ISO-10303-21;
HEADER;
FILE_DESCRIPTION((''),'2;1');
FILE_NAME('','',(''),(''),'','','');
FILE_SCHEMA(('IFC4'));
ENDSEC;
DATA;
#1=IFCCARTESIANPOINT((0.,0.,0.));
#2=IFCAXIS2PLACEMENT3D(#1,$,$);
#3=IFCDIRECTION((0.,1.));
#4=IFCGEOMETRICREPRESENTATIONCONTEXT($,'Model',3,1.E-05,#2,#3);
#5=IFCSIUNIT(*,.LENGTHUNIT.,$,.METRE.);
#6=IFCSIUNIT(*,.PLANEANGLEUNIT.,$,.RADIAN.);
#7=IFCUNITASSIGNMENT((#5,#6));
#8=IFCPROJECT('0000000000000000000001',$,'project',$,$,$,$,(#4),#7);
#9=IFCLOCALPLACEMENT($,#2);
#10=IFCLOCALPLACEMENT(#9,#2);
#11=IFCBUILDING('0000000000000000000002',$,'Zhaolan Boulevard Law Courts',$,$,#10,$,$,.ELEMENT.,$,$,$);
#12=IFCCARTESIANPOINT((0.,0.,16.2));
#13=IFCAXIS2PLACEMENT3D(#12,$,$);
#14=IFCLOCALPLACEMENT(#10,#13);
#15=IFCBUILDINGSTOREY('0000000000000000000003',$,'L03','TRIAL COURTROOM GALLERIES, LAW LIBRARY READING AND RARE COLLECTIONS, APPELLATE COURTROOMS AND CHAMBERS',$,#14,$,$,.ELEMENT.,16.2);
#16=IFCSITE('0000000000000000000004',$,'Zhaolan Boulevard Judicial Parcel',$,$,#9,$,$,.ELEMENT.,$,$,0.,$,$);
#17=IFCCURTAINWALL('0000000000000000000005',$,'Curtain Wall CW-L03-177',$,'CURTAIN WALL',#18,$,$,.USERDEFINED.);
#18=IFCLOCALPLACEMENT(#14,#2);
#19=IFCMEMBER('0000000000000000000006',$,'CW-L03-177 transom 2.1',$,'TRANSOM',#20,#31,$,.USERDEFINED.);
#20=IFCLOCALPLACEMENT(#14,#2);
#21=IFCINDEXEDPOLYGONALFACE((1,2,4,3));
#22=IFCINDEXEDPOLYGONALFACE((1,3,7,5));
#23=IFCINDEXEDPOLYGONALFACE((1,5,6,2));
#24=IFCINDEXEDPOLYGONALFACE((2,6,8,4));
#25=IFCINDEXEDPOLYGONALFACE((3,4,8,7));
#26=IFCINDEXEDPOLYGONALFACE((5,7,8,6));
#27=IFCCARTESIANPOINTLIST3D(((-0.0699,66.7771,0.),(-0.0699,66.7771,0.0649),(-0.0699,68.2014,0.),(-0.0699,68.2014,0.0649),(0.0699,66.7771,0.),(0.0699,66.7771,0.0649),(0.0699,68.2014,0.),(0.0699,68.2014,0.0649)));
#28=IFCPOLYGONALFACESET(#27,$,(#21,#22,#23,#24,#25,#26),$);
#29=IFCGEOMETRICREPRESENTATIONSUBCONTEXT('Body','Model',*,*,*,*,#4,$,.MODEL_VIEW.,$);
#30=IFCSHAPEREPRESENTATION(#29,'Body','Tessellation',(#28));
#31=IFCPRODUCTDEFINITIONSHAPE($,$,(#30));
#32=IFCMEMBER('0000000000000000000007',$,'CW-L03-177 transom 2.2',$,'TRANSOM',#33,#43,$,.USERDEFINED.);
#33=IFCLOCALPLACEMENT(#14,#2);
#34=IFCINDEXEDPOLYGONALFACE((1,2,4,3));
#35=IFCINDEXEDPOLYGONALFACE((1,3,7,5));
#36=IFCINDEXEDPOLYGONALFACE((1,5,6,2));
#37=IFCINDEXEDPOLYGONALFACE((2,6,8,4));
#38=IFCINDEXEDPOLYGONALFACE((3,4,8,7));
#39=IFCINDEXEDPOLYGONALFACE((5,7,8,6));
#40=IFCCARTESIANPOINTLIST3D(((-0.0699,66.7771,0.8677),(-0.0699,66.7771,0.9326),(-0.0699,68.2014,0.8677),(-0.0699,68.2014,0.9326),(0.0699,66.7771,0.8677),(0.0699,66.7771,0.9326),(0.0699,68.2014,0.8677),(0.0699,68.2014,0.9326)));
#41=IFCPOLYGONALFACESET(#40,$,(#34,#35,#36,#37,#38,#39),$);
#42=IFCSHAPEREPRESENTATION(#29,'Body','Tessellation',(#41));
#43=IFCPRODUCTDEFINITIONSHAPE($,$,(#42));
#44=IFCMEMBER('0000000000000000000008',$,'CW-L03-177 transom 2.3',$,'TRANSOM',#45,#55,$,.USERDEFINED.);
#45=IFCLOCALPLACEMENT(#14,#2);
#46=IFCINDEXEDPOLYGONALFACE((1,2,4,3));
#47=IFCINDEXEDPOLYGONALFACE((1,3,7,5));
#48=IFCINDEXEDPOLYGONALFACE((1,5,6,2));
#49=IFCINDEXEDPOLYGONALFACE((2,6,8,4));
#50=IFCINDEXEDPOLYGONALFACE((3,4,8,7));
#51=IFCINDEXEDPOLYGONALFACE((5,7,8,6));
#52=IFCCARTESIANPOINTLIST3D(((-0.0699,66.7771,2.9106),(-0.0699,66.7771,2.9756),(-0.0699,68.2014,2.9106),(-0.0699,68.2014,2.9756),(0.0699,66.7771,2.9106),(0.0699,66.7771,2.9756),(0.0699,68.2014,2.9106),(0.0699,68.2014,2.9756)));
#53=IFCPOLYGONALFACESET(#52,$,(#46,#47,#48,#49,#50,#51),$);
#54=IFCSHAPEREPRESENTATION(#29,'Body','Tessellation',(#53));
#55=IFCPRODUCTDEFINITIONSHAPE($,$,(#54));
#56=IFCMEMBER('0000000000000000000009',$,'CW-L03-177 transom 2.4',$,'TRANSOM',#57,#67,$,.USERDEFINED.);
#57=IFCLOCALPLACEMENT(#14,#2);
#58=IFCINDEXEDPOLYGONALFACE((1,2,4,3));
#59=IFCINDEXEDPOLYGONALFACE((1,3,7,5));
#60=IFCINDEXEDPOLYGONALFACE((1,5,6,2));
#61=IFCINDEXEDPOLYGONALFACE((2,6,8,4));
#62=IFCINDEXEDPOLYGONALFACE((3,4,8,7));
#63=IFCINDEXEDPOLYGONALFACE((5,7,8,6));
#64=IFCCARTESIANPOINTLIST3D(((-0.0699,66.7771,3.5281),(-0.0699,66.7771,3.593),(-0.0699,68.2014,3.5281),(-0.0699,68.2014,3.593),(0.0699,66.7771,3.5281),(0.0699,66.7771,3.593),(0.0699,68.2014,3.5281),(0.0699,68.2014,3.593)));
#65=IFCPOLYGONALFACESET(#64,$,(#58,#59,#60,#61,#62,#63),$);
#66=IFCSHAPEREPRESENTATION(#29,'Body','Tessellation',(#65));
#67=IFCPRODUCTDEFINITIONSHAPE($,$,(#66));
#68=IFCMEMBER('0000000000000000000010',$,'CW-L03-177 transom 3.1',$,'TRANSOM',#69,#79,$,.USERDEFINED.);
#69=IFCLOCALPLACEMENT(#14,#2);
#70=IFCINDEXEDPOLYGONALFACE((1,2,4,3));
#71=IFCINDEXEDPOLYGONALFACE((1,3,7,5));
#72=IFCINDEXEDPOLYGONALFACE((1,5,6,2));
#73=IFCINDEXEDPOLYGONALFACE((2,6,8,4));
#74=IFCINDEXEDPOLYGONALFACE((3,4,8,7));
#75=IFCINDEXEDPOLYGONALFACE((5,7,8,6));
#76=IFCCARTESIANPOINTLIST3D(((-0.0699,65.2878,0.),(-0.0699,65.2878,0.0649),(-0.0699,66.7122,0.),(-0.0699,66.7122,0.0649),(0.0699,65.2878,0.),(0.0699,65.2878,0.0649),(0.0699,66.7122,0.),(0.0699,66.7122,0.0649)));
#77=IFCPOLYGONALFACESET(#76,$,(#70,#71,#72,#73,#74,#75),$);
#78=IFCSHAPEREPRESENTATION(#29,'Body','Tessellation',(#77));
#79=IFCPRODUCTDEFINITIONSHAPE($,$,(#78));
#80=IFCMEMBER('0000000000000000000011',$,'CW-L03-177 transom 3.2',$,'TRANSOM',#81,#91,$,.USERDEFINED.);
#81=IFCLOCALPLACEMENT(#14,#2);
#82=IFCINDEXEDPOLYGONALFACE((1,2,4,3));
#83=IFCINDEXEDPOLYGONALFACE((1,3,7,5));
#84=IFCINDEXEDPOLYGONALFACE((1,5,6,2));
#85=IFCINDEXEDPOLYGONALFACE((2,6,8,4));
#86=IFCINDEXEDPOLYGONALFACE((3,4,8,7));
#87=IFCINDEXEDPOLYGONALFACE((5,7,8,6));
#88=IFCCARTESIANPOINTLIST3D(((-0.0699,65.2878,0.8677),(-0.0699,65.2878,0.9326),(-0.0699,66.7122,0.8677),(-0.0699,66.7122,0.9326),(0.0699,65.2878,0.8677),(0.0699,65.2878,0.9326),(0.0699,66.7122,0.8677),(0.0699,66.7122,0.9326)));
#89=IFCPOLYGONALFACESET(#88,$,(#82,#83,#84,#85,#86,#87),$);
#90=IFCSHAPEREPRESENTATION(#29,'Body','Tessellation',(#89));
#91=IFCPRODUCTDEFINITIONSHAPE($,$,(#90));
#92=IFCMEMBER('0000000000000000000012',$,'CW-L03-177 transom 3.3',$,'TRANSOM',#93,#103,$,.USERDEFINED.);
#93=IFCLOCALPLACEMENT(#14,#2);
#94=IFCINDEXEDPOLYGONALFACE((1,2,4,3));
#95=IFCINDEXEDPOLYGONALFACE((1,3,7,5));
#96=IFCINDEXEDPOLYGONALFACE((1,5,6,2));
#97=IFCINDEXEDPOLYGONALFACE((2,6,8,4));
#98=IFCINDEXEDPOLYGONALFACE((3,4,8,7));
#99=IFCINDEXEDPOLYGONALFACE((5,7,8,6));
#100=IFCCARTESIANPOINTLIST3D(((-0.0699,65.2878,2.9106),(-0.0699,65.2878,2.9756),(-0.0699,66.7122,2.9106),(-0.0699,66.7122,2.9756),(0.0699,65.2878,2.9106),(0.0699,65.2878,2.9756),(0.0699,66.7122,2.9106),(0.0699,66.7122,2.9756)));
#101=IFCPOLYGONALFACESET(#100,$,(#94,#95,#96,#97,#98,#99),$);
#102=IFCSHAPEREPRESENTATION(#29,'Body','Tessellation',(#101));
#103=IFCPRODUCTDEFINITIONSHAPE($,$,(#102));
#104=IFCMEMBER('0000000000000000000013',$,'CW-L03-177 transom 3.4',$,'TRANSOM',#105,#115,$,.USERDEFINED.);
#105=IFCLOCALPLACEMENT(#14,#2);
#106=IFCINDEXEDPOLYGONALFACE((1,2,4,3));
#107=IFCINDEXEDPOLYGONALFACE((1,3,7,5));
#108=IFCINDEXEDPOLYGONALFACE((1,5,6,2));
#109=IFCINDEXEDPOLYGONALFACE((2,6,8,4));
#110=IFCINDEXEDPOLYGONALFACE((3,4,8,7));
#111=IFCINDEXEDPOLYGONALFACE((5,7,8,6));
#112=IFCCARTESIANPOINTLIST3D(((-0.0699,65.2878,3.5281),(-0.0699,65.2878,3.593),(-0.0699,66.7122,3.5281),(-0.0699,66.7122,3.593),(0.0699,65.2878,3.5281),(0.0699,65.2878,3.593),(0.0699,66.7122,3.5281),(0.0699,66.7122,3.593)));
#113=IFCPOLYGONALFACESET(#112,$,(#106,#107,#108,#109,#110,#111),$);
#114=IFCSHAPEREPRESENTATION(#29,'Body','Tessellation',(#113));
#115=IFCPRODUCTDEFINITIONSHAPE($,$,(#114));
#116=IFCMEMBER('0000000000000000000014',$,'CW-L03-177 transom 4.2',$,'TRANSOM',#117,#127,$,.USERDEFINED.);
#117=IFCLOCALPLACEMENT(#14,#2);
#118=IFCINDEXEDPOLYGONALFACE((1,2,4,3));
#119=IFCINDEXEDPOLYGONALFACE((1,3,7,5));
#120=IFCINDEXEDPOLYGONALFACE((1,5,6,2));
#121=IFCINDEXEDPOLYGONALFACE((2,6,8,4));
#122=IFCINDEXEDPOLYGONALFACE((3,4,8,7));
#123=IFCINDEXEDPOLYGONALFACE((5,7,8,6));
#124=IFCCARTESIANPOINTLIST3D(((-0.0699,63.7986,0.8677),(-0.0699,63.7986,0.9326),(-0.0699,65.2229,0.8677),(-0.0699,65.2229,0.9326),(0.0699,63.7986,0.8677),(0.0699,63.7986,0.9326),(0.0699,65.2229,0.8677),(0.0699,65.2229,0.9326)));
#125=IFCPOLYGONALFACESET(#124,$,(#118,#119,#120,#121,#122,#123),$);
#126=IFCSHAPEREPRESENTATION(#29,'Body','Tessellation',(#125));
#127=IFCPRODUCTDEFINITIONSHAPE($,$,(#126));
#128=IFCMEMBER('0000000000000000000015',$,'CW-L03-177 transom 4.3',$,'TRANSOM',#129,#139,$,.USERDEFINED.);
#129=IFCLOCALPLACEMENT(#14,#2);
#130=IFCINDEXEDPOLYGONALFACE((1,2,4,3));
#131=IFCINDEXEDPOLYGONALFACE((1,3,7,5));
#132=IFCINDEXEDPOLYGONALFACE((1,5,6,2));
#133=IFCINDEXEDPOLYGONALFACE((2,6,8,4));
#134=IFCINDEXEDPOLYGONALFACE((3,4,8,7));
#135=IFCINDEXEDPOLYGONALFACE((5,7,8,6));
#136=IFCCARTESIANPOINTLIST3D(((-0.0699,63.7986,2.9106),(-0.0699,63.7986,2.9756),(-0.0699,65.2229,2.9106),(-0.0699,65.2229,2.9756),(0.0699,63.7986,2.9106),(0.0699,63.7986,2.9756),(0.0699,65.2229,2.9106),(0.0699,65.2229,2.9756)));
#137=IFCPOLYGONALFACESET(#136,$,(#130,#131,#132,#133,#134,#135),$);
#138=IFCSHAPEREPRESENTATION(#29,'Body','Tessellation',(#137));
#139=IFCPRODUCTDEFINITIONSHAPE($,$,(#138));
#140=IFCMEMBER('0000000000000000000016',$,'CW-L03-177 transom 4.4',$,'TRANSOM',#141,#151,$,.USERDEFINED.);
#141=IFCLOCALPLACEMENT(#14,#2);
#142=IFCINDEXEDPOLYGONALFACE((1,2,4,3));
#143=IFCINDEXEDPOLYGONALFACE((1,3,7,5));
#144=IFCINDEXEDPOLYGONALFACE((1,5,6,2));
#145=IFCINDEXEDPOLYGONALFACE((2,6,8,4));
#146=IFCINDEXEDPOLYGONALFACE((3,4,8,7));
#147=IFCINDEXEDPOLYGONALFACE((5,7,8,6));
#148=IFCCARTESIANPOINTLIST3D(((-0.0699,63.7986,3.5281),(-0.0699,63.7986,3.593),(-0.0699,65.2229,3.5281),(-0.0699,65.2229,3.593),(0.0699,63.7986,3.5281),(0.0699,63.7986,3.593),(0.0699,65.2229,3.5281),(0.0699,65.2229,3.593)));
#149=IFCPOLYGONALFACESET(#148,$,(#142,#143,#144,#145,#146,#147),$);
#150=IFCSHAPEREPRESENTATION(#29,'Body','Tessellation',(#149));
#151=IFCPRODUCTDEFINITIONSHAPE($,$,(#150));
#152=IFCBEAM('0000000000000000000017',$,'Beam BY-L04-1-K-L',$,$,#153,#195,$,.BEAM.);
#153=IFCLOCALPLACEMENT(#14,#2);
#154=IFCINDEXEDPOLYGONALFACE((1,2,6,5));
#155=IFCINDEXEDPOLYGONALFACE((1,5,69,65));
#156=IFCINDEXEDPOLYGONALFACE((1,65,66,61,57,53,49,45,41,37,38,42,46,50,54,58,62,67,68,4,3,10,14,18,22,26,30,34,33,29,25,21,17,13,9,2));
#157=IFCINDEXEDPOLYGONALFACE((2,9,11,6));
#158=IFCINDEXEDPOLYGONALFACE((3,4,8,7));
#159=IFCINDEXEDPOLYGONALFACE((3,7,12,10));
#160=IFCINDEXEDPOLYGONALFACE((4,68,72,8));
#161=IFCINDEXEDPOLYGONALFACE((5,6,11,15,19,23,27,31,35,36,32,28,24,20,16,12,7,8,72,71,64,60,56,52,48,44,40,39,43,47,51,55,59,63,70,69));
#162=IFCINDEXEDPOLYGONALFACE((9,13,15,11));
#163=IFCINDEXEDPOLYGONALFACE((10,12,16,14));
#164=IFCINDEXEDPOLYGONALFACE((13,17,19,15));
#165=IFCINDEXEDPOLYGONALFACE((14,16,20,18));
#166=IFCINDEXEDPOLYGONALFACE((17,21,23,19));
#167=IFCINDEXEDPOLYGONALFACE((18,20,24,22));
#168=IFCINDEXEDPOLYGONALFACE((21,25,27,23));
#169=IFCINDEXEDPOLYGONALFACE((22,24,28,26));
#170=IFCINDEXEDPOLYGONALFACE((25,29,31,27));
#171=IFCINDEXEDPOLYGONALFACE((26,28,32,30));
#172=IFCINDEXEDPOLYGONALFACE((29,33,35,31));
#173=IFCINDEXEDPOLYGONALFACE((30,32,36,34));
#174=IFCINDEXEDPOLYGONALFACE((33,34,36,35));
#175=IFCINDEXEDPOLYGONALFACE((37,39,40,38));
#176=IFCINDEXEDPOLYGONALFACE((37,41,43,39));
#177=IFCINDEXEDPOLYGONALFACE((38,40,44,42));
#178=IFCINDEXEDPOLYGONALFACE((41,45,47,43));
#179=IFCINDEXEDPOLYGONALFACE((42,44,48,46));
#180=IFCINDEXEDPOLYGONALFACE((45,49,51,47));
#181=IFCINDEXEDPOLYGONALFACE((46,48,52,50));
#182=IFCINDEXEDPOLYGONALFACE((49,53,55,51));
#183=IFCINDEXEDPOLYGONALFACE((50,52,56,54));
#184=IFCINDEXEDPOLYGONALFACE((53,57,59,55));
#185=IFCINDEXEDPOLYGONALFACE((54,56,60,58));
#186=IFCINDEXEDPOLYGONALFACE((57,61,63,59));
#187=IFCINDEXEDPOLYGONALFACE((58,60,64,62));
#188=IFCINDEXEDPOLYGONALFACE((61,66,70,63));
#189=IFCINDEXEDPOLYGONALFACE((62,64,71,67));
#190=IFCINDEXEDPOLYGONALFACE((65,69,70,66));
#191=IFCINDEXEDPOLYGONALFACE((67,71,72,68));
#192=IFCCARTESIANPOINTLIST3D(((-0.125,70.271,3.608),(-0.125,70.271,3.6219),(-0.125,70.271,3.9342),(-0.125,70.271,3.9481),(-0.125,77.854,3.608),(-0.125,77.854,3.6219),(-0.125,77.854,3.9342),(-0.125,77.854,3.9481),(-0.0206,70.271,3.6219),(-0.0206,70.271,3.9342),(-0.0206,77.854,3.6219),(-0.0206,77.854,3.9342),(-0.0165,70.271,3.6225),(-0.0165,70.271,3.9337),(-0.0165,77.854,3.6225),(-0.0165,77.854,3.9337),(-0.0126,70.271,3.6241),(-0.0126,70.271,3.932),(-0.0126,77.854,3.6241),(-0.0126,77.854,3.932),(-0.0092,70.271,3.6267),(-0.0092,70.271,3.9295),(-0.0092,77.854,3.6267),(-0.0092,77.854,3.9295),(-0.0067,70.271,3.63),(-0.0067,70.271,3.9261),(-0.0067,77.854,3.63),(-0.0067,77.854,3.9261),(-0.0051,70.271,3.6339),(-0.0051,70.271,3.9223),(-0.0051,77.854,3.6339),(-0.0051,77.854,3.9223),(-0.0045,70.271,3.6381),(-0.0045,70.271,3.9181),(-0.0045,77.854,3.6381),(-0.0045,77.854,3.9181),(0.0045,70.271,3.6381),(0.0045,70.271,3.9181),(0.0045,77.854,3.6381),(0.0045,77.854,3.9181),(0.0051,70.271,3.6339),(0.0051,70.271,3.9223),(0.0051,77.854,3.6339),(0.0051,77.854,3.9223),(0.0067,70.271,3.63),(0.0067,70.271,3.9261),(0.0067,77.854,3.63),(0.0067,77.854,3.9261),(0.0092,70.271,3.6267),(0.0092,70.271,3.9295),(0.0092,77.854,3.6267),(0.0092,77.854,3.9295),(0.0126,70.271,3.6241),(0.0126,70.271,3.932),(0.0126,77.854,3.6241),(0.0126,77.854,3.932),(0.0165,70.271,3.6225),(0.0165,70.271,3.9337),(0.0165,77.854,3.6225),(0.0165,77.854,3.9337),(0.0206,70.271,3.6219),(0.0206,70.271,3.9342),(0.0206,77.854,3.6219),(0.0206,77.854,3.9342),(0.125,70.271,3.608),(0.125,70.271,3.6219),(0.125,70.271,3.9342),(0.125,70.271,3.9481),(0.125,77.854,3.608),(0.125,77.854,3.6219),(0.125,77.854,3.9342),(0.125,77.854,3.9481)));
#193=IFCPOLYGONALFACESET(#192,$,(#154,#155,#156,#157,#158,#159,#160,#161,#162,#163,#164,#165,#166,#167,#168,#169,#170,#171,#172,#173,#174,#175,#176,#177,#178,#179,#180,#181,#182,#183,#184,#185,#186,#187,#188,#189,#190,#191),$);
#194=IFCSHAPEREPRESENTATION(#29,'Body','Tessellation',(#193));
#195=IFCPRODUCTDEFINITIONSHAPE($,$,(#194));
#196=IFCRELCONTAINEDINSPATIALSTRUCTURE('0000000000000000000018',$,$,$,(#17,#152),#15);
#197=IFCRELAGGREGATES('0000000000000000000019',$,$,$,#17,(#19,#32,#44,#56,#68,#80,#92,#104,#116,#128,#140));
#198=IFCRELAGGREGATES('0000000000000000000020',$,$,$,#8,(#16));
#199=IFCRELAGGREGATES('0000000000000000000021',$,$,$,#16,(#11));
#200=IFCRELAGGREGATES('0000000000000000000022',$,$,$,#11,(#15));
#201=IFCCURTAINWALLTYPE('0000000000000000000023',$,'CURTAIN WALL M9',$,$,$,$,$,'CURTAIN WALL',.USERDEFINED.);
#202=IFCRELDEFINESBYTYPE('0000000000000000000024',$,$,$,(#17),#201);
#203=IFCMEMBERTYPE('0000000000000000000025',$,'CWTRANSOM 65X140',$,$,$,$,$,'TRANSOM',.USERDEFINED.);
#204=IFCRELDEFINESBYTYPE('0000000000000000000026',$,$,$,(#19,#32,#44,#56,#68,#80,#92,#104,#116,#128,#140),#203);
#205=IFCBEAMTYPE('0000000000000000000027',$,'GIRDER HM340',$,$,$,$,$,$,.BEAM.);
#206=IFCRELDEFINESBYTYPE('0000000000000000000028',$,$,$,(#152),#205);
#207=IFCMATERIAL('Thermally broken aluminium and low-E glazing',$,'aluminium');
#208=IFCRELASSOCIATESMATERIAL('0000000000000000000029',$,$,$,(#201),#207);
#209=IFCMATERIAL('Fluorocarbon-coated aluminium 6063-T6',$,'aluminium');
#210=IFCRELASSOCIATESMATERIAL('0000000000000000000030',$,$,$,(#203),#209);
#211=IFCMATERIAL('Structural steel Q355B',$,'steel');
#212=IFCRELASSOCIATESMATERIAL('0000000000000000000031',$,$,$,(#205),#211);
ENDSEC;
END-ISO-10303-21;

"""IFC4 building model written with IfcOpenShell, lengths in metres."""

from ifc_helpers import new_model, si_unit, direction, frame, origin, origin_2d, place, context, subcontext, project, spatial, rectangle, i_section, extrude, material, material_profile, profile_set, type_object, element, aggregate, save


model = new_model("IFC4")

# Units and contexts
model_context = context("Model", 3, precision=1e-05, world=origin(), true_north=direction((0.0, 1.0)))
body_context = subcontext(model_context, "Body", "Model", "MODEL_VIEW")
ifc_project = project(units=[si_unit("LENGTHUNIT", "METRE"), si_unit("PLANEANGLEUNIT", "RADIAN")], contexts=[model_context])

# Site, building, storey
site_placement = place(None, origin())
site = spatial("IfcSite", under=ifc_project, at=site_placement, Name="Zhaolan Boulevard Judicial Parcel", CompositionType="ELEMENT", RefElevation=0.0)
building_placement = place(site_placement, origin())
building = spatial("IfcBuilding", under=site, at=building_placement, Name="Zhaolan Boulevard Law Courts", CompositionType="ELEMENT")
storey_placement = place(building_placement, frame((0.0, 0.0, 16.2)))
storey = spatial("IfcBuildingStorey", under=building, at=storey_placement, Name="L03", Description="TRIAL COURTROOM GALLERIES, LAW LIBRARY READING AND RARE COLLECTIONS, APPELLATE COURTROOMS AND CHAMBERS", CompositionType="ELEMENT", Elevation=16.2)

# Curtain wall
ifc_material_1 = material(Name="Thermally broken aluminium and low-E glazing", Category="aluminium")
curtain_wall_type_1 = type_object("IfcCurtainWallType", Name="CURTAIN WALL M9", ElementType="CURTAIN WALL", PredefinedType="USERDEFINED", material=ifc_material_1)
curtain_wall_1_placement = place(storey_placement, origin())
curtain_wall_1 = element("IfcCurtainWall", 1, at=curtain_wall_1_placement, inside=storey, type_object=curtain_wall_type_1, Name="Curtain Wall CW-L03-177", ObjectType="CURTAIN WALL", PredefinedType="USERDEFINED")

# Members
ifc_material_2 = material(Name="Fluorocarbon-coated aluminium 6063-T6", Category="aluminium")
ifc_material_profile_1 = material_profile(ifc_material_2, rectangle(XDim=0.1399, YDim=0.0649, at=origin_2d()), Name="AL65x140")
ifc_profile_set_1 = profile_set([ifc_material_profile_1], Name="Fluorocarbon-coated aluminium 6063-T6")
member_type_1 = type_object("IfcMemberType", Name="CWTRANSOM 65X140", ElementType="TRANSOM", PredefinedType="USERDEFINED", material=ifc_profile_set_1)
member_1_placement = place(storey_placement, frame((0.0, 68.2014, 0.0325), z_axis=(0.0, -1.0, 0.0), x_axis=(1.0, 0.0, 0.0)))
member_1 = element("IfcMember", 2, at=member_1_placement, type_object=member_type_1, Name="CW-L03-177 transom 2.1", ObjectType="TRANSOM", PredefinedType="USERDEFINED", context=body_context, shape_type="SweptSolid", body=[
    extrude(rectangle(XDim=0.1399, YDim=0.0649, at=origin_2d()), origin(), (0.0, 0.0, 1.0), 1.4243),
])
member_2_placement = place(storey_placement, frame((0.0, 68.2014, 0.9001), z_axis=(0.0, -1.0, 0.0), x_axis=(1.0, 0.0, 0.0)))
member_2 = element("IfcMember", 3, at=member_2_placement, type_object=member_type_1, Name="CW-L03-177 transom 2.2", ObjectType="TRANSOM", PredefinedType="USERDEFINED", context=body_context, shape_type="SweptSolid", body=[
    extrude(rectangle(XDim=0.1399, YDim=0.0649, at=origin_2d()), origin(), (0.0, 0.0, 1.0), 1.4243),
])
member_3_placement = place(storey_placement, frame((0.0, 68.2014, 2.9431), z_axis=(0.0, -1.0, 0.0), x_axis=(1.0, 0.0, 0.0)))
member_3 = element("IfcMember", 4, at=member_3_placement, type_object=member_type_1, Name="CW-L03-177 transom 2.3", ObjectType="TRANSOM", PredefinedType="USERDEFINED", context=body_context, shape_type="SweptSolid", body=[
    extrude(rectangle(XDim=0.1399, YDim=0.0649, at=origin_2d()), origin(), (0.0, 0.0, 1.0), 1.4243),
])
member_4_placement = place(storey_placement, frame((0.0, 68.2014, 3.5605), z_axis=(0.0, -1.0, 0.0), x_axis=(1.0, 0.0, 0.0)))
member_4 = element("IfcMember", 5, at=member_4_placement, type_object=member_type_1, Name="CW-L03-177 transom 2.4", ObjectType="TRANSOM", PredefinedType="USERDEFINED", context=body_context, shape_type="SweptSolid", body=[
    extrude(rectangle(XDim=0.1399, YDim=0.0649, at=origin_2d()), origin(), (0.0, 0.0, 1.0), 1.4243),
])
member_5_placement = place(storey_placement, frame((0.0, 66.7122, 0.0325), z_axis=(0.0, -1.0, 0.0), x_axis=(1.0, 0.0, 0.0)))
member_5 = element("IfcMember", 6, at=member_5_placement, type_object=member_type_1, Name="CW-L03-177 transom 3.1", ObjectType="TRANSOM", PredefinedType="USERDEFINED", context=body_context, shape_type="SweptSolid", body=[
    extrude(rectangle(XDim=0.1399, YDim=0.0649, at=origin_2d()), origin(), (0.0, 0.0, 1.0), 1.4243),
])
member_6_placement = place(storey_placement, frame((0.0, 66.7122, 0.9001), z_axis=(0.0, -1.0, 0.0), x_axis=(1.0, 0.0, 0.0)))
member_6 = element("IfcMember", 7, at=member_6_placement, type_object=member_type_1, Name="CW-L03-177 transom 3.2", ObjectType="TRANSOM", PredefinedType="USERDEFINED", context=body_context, shape_type="SweptSolid", body=[
    extrude(rectangle(XDim=0.1399, YDim=0.0649, at=origin_2d()), origin(), (0.0, 0.0, 1.0), 1.4243),
])
member_7_placement = place(storey_placement, frame((0.0, 66.7122, 2.9431), z_axis=(0.0, -1.0, 0.0), x_axis=(1.0, 0.0, 0.0)))
member_7 = element("IfcMember", 8, at=member_7_placement, type_object=member_type_1, Name="CW-L03-177 transom 3.3", ObjectType="TRANSOM", PredefinedType="USERDEFINED", context=body_context, shape_type="SweptSolid", body=[
    extrude(rectangle(XDim=0.1399, YDim=0.0649, at=origin_2d()), origin(), (0.0, 0.0, 1.0), 1.4243),
])
member_8_placement = place(storey_placement, frame((0.0, 66.7122, 3.5605), z_axis=(0.0, -1.0, 0.0), x_axis=(1.0, 0.0, 0.0)))
member_8 = element("IfcMember", 9, at=member_8_placement, type_object=member_type_1, Name="CW-L03-177 transom 3.4", ObjectType="TRANSOM", PredefinedType="USERDEFINED", context=body_context, shape_type="SweptSolid", body=[
    extrude(rectangle(XDim=0.1399, YDim=0.0649, at=origin_2d()), origin(), (0.0, 0.0, 1.0), 1.4243),
])
member_9_placement = place(storey_placement, frame((0.0, 65.2229, 0.9001), z_axis=(0.0, -1.0, 0.0), x_axis=(1.0, 0.0, 0.0)))
member_9 = element("IfcMember", 10, at=member_9_placement, type_object=member_type_1, Name="CW-L03-177 transom 4.2", ObjectType="TRANSOM", PredefinedType="USERDEFINED", context=body_context, shape_type="SweptSolid", body=[
    extrude(rectangle(XDim=0.1399, YDim=0.0649, at=origin_2d()), origin(), (0.0, 0.0, 1.0), 1.4243),
])
member_10_placement = place(storey_placement, frame((0.0, 65.2229, 2.9431), z_axis=(0.0, -1.0, 0.0), x_axis=(1.0, 0.0, 0.0)))
member_10 = element("IfcMember", 11, at=member_10_placement, type_object=member_type_1, Name="CW-L03-177 transom 4.3", ObjectType="TRANSOM", PredefinedType="USERDEFINED", context=body_context, shape_type="SweptSolid", body=[
    extrude(rectangle(XDim=0.1399, YDim=0.0649, at=origin_2d()), origin(), (0.0, 0.0, 1.0), 1.4243),
])
member_11_placement = place(storey_placement, frame((0.0, 65.2229, 3.5605), z_axis=(0.0, -1.0, 0.0), x_axis=(1.0, 0.0, 0.0)))
member_11 = element("IfcMember", 12, at=member_11_placement, type_object=member_type_1, Name="CW-L03-177 transom 4.4", ObjectType="TRANSOM", PredefinedType="USERDEFINED", context=body_context, shape_type="SweptSolid", body=[
    extrude(rectangle(XDim=0.1399, YDim=0.0649, at=origin_2d()), origin(), (0.0, 0.0, 1.0), 1.4243),
])

# Beam
ifc_material_3 = material(Name="Structural steel Q355B", Category="steel")
ifc_material_profile_2 = material_profile(ifc_material_3, i_section(OverallWidth=0.25, OverallDepth=0.3401, WebThickness=0.009, FlangeThickness=0.0139, FilletRadius=0.0161, at=origin_2d()), Name="HM340x250")
ifc_profile_set_2 = profile_set([ifc_material_profile_2], Name="Structural steel Q355B")
beam_type = type_object("IfcBeamType", Name="GIRDER HM340", PredefinedType="BEAM", material=ifc_profile_set_2)
beam_placement = place(storey_placement, frame((0.0, 70.271, 3.7781), z_axis=(0.0, 1.0, 0.0), x_axis=(-1.0, 0.0, 0.0)))
element("IfcBeam", 13, at=beam_placement, inside=storey, type_object=beam_type, Name="Beam BY-L04-1-K-L", PredefinedType="BEAM", context=body_context, shape_type="SweptSolid", body=[
    extrude(i_section(OverallWidth=0.25, OverallDepth=0.3401, WebThickness=0.009, FlangeThickness=0.0139, FilletRadius=0.0161, at=origin_2d()), origin(), (0.0, 0.0, 1.0), 7.583),
])

aggregate(curtain_wall_1, [member_1, member_2, member_3, member_4, member_5, member_6, member_7, member_8, member_9, member_10, member_11])

save(model, "model.ifc")
